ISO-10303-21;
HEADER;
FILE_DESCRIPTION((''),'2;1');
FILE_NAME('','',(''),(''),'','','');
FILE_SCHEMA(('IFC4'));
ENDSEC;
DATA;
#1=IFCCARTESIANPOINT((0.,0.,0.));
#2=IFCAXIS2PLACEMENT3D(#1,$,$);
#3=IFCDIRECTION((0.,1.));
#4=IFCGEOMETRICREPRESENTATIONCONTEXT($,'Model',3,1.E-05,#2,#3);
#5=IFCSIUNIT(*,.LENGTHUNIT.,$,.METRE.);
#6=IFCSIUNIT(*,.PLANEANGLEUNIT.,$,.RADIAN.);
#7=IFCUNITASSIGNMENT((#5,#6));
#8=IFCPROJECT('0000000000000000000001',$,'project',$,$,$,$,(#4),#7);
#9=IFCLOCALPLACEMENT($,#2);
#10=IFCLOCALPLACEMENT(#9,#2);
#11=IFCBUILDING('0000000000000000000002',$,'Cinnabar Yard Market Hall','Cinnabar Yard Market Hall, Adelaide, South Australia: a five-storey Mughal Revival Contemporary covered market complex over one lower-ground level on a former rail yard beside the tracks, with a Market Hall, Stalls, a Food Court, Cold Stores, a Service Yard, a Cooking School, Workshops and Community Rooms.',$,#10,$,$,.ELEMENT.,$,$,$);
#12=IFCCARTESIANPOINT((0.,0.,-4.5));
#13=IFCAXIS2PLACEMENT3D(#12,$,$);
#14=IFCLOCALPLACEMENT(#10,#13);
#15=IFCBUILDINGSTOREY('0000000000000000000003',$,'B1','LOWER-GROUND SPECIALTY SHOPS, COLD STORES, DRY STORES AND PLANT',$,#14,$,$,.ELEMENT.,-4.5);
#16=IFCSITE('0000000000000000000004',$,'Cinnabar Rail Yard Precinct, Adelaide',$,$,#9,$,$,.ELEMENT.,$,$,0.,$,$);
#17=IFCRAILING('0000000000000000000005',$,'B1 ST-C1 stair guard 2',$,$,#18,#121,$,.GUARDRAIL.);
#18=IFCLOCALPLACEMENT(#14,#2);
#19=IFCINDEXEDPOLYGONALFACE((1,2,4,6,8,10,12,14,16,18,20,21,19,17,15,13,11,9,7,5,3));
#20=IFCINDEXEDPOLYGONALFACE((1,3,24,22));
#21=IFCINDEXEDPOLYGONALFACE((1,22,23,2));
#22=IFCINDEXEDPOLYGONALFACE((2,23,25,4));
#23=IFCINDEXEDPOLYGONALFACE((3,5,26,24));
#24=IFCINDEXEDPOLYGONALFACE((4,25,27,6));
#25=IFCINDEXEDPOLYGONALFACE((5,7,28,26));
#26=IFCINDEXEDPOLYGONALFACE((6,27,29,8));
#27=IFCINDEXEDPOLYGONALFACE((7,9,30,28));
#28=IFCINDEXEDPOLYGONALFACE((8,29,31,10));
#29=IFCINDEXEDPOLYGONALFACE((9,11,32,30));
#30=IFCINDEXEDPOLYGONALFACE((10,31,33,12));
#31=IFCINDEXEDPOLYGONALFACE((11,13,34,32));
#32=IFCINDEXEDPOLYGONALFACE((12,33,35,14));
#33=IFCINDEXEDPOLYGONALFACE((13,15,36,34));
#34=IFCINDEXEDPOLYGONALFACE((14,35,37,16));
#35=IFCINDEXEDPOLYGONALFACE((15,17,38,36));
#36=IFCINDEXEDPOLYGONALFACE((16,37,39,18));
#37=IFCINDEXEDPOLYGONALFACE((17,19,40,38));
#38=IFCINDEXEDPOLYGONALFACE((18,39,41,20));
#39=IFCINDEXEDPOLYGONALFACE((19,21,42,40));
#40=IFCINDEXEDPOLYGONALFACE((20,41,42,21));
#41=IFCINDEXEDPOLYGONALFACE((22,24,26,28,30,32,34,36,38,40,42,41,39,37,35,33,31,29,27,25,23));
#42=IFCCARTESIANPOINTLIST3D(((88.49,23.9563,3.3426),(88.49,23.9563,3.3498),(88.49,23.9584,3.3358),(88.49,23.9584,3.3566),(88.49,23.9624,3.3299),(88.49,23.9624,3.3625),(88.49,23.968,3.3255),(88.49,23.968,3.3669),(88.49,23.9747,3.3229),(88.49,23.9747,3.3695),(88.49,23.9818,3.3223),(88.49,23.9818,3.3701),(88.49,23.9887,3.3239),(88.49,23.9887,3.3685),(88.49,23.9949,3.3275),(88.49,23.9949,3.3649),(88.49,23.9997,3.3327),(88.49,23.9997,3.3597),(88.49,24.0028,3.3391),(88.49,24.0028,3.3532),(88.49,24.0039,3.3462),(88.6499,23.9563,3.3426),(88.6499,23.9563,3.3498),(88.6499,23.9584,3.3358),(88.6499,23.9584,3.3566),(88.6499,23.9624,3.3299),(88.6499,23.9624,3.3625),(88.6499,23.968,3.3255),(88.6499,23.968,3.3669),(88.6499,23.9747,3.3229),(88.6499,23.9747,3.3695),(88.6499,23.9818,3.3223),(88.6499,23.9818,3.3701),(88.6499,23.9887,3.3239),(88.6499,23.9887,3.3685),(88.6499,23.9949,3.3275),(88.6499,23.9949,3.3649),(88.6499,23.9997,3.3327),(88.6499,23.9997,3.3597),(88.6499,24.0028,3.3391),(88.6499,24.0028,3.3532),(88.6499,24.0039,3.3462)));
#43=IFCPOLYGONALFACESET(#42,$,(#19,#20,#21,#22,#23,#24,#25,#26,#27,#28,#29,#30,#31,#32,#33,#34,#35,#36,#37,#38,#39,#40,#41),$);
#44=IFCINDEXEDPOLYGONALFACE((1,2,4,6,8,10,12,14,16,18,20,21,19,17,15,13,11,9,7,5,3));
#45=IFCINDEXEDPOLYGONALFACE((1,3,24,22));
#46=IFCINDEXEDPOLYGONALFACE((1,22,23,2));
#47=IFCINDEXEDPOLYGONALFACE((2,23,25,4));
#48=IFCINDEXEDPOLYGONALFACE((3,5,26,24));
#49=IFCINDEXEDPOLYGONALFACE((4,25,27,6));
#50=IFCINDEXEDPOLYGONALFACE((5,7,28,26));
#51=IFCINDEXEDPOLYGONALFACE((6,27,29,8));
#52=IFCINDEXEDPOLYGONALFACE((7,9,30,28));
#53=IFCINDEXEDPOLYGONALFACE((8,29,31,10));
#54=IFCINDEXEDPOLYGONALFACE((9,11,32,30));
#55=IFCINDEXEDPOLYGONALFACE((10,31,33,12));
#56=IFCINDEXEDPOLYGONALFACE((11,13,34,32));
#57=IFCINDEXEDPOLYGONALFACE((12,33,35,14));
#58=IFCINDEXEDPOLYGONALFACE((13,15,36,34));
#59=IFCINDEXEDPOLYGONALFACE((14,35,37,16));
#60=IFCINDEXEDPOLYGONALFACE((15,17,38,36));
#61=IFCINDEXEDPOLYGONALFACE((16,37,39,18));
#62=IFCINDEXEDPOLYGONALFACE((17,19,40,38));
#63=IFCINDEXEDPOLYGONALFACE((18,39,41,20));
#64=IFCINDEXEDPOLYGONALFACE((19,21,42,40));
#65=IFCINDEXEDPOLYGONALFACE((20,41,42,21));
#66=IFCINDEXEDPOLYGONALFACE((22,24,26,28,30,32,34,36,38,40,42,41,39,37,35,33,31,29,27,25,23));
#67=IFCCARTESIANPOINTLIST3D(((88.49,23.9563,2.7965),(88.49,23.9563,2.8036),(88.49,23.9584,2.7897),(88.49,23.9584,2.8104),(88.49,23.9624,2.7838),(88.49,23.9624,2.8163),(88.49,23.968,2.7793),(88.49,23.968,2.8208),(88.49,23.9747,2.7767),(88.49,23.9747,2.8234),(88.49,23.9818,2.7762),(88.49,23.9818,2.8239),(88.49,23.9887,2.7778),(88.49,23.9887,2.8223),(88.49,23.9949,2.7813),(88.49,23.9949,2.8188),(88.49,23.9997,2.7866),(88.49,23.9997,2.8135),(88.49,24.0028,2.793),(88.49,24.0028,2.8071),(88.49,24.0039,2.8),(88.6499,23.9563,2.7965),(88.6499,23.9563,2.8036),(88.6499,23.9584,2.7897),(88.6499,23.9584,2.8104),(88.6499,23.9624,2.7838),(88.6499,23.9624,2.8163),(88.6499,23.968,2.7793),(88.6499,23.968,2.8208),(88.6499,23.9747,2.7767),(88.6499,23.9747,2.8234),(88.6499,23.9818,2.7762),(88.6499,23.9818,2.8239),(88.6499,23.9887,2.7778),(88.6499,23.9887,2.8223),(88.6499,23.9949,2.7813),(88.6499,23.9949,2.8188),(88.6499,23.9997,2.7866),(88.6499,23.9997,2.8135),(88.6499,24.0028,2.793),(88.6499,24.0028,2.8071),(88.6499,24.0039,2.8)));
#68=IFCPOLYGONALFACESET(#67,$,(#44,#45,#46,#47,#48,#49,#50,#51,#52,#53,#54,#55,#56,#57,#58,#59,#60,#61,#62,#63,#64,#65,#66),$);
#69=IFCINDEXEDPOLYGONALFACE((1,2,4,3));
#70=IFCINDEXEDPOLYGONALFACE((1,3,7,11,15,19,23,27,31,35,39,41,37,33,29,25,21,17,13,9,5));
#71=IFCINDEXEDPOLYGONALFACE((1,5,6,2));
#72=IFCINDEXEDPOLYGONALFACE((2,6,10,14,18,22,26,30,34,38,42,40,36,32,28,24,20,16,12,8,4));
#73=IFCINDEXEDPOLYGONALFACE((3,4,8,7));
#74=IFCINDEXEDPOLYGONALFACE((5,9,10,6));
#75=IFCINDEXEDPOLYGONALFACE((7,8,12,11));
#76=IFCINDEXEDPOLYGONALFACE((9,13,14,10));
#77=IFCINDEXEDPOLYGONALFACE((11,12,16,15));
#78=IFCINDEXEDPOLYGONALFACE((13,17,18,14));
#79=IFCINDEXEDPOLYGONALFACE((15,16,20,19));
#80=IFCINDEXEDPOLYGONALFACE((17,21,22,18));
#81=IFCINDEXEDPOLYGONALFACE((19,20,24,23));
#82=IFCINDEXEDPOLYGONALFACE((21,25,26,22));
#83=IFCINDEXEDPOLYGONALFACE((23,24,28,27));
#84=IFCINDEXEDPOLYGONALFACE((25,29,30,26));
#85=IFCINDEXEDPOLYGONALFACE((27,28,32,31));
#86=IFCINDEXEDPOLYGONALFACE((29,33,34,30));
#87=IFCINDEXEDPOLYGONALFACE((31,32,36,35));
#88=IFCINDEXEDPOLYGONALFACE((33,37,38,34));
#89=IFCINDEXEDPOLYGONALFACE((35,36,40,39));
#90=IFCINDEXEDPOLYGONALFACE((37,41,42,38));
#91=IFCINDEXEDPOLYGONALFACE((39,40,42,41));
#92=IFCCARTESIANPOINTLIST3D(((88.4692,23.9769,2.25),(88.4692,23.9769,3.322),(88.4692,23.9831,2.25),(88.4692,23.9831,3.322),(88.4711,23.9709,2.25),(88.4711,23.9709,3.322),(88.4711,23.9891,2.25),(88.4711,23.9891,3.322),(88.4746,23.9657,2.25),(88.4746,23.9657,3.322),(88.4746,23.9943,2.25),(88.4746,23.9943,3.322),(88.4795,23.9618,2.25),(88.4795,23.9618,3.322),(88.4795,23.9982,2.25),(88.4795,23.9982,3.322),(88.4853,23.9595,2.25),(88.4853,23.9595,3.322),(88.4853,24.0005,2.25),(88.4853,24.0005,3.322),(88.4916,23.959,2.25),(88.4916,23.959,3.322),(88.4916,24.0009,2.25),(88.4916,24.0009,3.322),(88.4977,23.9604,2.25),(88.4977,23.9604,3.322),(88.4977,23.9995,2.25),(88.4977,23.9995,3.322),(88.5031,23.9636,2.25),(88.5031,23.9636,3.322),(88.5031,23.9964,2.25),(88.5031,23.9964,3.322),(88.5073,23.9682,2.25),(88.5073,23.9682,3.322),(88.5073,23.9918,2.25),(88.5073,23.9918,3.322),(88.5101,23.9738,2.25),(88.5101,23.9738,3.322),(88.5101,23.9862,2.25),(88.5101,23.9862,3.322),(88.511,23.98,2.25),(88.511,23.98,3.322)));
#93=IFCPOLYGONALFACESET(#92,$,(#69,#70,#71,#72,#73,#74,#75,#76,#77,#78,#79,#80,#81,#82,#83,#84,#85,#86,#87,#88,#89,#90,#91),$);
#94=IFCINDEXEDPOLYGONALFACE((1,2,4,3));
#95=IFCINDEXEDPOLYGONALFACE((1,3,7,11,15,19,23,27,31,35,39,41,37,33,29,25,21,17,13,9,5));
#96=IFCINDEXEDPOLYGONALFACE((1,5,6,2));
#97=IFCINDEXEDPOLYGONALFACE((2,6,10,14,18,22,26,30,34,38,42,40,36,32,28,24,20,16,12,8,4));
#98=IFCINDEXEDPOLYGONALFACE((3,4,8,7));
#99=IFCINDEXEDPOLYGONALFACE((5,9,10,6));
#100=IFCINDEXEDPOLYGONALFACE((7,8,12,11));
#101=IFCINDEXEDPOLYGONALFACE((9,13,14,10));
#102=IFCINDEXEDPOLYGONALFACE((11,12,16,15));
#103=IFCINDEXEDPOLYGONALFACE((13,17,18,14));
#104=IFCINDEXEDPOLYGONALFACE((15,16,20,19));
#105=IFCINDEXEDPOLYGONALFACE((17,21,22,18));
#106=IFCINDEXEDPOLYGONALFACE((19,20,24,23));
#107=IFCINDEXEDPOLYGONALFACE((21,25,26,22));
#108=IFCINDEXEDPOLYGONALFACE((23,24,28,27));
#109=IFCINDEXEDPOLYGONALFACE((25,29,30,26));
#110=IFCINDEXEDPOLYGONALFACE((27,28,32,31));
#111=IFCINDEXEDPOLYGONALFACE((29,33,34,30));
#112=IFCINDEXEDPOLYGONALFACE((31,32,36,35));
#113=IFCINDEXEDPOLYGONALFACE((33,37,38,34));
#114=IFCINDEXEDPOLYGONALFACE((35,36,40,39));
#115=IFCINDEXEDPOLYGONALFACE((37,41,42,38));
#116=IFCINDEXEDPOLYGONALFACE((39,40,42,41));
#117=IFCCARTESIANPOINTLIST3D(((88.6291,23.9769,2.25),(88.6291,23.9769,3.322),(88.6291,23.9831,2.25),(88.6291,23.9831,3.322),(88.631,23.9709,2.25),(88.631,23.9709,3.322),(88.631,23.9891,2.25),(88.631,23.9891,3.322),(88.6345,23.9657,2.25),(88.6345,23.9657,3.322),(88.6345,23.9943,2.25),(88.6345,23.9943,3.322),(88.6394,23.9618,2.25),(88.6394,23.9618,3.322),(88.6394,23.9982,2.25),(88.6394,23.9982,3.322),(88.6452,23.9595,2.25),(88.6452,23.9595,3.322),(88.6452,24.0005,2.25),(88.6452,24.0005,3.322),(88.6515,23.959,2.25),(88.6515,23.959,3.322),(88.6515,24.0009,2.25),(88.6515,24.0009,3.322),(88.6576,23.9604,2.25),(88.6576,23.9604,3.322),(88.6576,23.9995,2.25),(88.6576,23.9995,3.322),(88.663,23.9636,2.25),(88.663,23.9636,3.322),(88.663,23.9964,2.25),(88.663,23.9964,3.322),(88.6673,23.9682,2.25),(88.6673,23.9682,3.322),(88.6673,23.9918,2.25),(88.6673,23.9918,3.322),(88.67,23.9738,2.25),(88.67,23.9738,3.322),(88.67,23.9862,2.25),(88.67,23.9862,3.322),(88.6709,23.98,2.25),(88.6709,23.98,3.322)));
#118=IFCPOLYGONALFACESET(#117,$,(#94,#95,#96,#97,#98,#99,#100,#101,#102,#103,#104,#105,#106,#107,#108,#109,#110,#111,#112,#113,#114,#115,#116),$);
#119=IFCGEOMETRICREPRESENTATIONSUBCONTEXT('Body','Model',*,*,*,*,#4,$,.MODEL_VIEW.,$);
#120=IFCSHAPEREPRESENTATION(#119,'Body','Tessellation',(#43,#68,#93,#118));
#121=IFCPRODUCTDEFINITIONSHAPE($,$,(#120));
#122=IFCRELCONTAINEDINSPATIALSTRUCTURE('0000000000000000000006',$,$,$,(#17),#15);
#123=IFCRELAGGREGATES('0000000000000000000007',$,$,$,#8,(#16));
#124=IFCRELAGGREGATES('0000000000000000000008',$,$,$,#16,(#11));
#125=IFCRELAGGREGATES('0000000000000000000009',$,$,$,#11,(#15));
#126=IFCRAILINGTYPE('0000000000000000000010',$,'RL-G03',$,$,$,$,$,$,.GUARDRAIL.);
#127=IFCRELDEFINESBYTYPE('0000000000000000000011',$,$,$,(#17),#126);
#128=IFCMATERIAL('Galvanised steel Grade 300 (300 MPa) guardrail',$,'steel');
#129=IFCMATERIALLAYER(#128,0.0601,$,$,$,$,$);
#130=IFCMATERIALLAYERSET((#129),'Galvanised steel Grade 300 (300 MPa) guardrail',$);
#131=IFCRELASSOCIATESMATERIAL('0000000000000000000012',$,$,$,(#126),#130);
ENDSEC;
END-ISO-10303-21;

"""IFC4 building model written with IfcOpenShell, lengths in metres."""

from ifc_helpers import new_model, si_unit, direction, frame, origin, origin_2d_with_axis, place, context, subcontext, project, spatial, circle, extrude, material, layer, layer_set, type_object, element, save


model = new_model("IFC4")

# Units and contexts
model_context = context("Model", 3, precision=1e-05, world=origin(), true_north=direction((0.0, 1.0)))
body_context = subcontext(model_context, "Body", "Model", "MODEL_VIEW")
ifc_project = project(units=[si_unit("LENGTHUNIT", "METRE"), si_unit("PLANEANGLEUNIT", "RADIAN")], contexts=[model_context])

# Site, building, storey
site_placement = place(None, origin())
site = spatial("IfcSite", under=ifc_project, at=site_placement, Name="Cinnabar Rail Yard Precinct, Adelaide", CompositionType="ELEMENT", RefElevation=0.0)
building_placement = place(site_placement, origin())
building = spatial("IfcBuilding", under=site, at=building_placement, Name="Cinnabar Yard Market Hall", Description="Cinnabar Yard Market Hall, Adelaide, South Australia: a five-storey Mughal Revival Contemporary covered market complex over one lower-ground level on a former rail yard beside the tracks, with a Market Hall, Stalls, a Food Court, Cold Stores, a Service Yard, a Cooking School, Workshops and Community Rooms.", CompositionType="ELEMENT")
storey_placement = place(building_placement, frame((0.0, 0.0, -4.5)))
storey = spatial("IfcBuildingStorey", under=building, at=storey_placement, Name="B1", Description="LOWER-GROUND SPECIALTY SHOPS, COLD STORES, DRY STORES AND PLANT", CompositionType="ELEMENT", Elevation=-4.5)

# Railing
ifc_material_1 = material(Name="Galvanised steel Grade 300 (300 MPa) guardrail", Category="steel")
ifc_layer_1 = layer(ifc_material_1, 0.0601)
ifc_layer_set_1 = layer_set([ifc_layer_1], Name="Galvanised steel Grade 300 (300 MPa) guardrail")
railing_type_1 = type_object("IfcRailingType", Name="RL-G03", PredefinedType="GUARDRAIL", material=ifc_layer_set_1)
railing_1_placement = place(storey_placement, frame((88.49, 23.98, 2.25)))
element("IfcRailing", 1, at=railing_1_placement, inside=storey, type_object=railing_type_1, Name="B1 ST-C1 stair guard 2", PredefinedType="GUARDRAIL", context=body_context, shape_type="SweptSolid", body=[
    extrude(circle(Radius=0.0239, at=origin_2d_with_axis()), frame((0.0, 0.0, 1.0962), z_axis=(1.0, 0.0, 0.0), x_axis=(0.0, 1.0, 0.0)), (0.0, 0.0, 1.0), 0.1599),
    extrude(circle(Radius=0.0239, at=origin_2d_with_axis()), frame((0.0, 0.0, 0.55), z_axis=(1.0, 0.0, 0.0), x_axis=(0.0, 1.0, 0.0)), (0.0, 0.0, 1.0), 0.1599),
    extrude(circle(Radius=0.021, at=origin_2d_with_axis()), origin(), (0.0, 0.0, 1.0), 1.072),
    extrude(circle(Radius=0.021, at=origin_2d_with_axis()), frame((0.1599, 0.0, 0.0)), (0.0, 0.0, 1.0), 1.072),
])

save(model, "model.ifc")
